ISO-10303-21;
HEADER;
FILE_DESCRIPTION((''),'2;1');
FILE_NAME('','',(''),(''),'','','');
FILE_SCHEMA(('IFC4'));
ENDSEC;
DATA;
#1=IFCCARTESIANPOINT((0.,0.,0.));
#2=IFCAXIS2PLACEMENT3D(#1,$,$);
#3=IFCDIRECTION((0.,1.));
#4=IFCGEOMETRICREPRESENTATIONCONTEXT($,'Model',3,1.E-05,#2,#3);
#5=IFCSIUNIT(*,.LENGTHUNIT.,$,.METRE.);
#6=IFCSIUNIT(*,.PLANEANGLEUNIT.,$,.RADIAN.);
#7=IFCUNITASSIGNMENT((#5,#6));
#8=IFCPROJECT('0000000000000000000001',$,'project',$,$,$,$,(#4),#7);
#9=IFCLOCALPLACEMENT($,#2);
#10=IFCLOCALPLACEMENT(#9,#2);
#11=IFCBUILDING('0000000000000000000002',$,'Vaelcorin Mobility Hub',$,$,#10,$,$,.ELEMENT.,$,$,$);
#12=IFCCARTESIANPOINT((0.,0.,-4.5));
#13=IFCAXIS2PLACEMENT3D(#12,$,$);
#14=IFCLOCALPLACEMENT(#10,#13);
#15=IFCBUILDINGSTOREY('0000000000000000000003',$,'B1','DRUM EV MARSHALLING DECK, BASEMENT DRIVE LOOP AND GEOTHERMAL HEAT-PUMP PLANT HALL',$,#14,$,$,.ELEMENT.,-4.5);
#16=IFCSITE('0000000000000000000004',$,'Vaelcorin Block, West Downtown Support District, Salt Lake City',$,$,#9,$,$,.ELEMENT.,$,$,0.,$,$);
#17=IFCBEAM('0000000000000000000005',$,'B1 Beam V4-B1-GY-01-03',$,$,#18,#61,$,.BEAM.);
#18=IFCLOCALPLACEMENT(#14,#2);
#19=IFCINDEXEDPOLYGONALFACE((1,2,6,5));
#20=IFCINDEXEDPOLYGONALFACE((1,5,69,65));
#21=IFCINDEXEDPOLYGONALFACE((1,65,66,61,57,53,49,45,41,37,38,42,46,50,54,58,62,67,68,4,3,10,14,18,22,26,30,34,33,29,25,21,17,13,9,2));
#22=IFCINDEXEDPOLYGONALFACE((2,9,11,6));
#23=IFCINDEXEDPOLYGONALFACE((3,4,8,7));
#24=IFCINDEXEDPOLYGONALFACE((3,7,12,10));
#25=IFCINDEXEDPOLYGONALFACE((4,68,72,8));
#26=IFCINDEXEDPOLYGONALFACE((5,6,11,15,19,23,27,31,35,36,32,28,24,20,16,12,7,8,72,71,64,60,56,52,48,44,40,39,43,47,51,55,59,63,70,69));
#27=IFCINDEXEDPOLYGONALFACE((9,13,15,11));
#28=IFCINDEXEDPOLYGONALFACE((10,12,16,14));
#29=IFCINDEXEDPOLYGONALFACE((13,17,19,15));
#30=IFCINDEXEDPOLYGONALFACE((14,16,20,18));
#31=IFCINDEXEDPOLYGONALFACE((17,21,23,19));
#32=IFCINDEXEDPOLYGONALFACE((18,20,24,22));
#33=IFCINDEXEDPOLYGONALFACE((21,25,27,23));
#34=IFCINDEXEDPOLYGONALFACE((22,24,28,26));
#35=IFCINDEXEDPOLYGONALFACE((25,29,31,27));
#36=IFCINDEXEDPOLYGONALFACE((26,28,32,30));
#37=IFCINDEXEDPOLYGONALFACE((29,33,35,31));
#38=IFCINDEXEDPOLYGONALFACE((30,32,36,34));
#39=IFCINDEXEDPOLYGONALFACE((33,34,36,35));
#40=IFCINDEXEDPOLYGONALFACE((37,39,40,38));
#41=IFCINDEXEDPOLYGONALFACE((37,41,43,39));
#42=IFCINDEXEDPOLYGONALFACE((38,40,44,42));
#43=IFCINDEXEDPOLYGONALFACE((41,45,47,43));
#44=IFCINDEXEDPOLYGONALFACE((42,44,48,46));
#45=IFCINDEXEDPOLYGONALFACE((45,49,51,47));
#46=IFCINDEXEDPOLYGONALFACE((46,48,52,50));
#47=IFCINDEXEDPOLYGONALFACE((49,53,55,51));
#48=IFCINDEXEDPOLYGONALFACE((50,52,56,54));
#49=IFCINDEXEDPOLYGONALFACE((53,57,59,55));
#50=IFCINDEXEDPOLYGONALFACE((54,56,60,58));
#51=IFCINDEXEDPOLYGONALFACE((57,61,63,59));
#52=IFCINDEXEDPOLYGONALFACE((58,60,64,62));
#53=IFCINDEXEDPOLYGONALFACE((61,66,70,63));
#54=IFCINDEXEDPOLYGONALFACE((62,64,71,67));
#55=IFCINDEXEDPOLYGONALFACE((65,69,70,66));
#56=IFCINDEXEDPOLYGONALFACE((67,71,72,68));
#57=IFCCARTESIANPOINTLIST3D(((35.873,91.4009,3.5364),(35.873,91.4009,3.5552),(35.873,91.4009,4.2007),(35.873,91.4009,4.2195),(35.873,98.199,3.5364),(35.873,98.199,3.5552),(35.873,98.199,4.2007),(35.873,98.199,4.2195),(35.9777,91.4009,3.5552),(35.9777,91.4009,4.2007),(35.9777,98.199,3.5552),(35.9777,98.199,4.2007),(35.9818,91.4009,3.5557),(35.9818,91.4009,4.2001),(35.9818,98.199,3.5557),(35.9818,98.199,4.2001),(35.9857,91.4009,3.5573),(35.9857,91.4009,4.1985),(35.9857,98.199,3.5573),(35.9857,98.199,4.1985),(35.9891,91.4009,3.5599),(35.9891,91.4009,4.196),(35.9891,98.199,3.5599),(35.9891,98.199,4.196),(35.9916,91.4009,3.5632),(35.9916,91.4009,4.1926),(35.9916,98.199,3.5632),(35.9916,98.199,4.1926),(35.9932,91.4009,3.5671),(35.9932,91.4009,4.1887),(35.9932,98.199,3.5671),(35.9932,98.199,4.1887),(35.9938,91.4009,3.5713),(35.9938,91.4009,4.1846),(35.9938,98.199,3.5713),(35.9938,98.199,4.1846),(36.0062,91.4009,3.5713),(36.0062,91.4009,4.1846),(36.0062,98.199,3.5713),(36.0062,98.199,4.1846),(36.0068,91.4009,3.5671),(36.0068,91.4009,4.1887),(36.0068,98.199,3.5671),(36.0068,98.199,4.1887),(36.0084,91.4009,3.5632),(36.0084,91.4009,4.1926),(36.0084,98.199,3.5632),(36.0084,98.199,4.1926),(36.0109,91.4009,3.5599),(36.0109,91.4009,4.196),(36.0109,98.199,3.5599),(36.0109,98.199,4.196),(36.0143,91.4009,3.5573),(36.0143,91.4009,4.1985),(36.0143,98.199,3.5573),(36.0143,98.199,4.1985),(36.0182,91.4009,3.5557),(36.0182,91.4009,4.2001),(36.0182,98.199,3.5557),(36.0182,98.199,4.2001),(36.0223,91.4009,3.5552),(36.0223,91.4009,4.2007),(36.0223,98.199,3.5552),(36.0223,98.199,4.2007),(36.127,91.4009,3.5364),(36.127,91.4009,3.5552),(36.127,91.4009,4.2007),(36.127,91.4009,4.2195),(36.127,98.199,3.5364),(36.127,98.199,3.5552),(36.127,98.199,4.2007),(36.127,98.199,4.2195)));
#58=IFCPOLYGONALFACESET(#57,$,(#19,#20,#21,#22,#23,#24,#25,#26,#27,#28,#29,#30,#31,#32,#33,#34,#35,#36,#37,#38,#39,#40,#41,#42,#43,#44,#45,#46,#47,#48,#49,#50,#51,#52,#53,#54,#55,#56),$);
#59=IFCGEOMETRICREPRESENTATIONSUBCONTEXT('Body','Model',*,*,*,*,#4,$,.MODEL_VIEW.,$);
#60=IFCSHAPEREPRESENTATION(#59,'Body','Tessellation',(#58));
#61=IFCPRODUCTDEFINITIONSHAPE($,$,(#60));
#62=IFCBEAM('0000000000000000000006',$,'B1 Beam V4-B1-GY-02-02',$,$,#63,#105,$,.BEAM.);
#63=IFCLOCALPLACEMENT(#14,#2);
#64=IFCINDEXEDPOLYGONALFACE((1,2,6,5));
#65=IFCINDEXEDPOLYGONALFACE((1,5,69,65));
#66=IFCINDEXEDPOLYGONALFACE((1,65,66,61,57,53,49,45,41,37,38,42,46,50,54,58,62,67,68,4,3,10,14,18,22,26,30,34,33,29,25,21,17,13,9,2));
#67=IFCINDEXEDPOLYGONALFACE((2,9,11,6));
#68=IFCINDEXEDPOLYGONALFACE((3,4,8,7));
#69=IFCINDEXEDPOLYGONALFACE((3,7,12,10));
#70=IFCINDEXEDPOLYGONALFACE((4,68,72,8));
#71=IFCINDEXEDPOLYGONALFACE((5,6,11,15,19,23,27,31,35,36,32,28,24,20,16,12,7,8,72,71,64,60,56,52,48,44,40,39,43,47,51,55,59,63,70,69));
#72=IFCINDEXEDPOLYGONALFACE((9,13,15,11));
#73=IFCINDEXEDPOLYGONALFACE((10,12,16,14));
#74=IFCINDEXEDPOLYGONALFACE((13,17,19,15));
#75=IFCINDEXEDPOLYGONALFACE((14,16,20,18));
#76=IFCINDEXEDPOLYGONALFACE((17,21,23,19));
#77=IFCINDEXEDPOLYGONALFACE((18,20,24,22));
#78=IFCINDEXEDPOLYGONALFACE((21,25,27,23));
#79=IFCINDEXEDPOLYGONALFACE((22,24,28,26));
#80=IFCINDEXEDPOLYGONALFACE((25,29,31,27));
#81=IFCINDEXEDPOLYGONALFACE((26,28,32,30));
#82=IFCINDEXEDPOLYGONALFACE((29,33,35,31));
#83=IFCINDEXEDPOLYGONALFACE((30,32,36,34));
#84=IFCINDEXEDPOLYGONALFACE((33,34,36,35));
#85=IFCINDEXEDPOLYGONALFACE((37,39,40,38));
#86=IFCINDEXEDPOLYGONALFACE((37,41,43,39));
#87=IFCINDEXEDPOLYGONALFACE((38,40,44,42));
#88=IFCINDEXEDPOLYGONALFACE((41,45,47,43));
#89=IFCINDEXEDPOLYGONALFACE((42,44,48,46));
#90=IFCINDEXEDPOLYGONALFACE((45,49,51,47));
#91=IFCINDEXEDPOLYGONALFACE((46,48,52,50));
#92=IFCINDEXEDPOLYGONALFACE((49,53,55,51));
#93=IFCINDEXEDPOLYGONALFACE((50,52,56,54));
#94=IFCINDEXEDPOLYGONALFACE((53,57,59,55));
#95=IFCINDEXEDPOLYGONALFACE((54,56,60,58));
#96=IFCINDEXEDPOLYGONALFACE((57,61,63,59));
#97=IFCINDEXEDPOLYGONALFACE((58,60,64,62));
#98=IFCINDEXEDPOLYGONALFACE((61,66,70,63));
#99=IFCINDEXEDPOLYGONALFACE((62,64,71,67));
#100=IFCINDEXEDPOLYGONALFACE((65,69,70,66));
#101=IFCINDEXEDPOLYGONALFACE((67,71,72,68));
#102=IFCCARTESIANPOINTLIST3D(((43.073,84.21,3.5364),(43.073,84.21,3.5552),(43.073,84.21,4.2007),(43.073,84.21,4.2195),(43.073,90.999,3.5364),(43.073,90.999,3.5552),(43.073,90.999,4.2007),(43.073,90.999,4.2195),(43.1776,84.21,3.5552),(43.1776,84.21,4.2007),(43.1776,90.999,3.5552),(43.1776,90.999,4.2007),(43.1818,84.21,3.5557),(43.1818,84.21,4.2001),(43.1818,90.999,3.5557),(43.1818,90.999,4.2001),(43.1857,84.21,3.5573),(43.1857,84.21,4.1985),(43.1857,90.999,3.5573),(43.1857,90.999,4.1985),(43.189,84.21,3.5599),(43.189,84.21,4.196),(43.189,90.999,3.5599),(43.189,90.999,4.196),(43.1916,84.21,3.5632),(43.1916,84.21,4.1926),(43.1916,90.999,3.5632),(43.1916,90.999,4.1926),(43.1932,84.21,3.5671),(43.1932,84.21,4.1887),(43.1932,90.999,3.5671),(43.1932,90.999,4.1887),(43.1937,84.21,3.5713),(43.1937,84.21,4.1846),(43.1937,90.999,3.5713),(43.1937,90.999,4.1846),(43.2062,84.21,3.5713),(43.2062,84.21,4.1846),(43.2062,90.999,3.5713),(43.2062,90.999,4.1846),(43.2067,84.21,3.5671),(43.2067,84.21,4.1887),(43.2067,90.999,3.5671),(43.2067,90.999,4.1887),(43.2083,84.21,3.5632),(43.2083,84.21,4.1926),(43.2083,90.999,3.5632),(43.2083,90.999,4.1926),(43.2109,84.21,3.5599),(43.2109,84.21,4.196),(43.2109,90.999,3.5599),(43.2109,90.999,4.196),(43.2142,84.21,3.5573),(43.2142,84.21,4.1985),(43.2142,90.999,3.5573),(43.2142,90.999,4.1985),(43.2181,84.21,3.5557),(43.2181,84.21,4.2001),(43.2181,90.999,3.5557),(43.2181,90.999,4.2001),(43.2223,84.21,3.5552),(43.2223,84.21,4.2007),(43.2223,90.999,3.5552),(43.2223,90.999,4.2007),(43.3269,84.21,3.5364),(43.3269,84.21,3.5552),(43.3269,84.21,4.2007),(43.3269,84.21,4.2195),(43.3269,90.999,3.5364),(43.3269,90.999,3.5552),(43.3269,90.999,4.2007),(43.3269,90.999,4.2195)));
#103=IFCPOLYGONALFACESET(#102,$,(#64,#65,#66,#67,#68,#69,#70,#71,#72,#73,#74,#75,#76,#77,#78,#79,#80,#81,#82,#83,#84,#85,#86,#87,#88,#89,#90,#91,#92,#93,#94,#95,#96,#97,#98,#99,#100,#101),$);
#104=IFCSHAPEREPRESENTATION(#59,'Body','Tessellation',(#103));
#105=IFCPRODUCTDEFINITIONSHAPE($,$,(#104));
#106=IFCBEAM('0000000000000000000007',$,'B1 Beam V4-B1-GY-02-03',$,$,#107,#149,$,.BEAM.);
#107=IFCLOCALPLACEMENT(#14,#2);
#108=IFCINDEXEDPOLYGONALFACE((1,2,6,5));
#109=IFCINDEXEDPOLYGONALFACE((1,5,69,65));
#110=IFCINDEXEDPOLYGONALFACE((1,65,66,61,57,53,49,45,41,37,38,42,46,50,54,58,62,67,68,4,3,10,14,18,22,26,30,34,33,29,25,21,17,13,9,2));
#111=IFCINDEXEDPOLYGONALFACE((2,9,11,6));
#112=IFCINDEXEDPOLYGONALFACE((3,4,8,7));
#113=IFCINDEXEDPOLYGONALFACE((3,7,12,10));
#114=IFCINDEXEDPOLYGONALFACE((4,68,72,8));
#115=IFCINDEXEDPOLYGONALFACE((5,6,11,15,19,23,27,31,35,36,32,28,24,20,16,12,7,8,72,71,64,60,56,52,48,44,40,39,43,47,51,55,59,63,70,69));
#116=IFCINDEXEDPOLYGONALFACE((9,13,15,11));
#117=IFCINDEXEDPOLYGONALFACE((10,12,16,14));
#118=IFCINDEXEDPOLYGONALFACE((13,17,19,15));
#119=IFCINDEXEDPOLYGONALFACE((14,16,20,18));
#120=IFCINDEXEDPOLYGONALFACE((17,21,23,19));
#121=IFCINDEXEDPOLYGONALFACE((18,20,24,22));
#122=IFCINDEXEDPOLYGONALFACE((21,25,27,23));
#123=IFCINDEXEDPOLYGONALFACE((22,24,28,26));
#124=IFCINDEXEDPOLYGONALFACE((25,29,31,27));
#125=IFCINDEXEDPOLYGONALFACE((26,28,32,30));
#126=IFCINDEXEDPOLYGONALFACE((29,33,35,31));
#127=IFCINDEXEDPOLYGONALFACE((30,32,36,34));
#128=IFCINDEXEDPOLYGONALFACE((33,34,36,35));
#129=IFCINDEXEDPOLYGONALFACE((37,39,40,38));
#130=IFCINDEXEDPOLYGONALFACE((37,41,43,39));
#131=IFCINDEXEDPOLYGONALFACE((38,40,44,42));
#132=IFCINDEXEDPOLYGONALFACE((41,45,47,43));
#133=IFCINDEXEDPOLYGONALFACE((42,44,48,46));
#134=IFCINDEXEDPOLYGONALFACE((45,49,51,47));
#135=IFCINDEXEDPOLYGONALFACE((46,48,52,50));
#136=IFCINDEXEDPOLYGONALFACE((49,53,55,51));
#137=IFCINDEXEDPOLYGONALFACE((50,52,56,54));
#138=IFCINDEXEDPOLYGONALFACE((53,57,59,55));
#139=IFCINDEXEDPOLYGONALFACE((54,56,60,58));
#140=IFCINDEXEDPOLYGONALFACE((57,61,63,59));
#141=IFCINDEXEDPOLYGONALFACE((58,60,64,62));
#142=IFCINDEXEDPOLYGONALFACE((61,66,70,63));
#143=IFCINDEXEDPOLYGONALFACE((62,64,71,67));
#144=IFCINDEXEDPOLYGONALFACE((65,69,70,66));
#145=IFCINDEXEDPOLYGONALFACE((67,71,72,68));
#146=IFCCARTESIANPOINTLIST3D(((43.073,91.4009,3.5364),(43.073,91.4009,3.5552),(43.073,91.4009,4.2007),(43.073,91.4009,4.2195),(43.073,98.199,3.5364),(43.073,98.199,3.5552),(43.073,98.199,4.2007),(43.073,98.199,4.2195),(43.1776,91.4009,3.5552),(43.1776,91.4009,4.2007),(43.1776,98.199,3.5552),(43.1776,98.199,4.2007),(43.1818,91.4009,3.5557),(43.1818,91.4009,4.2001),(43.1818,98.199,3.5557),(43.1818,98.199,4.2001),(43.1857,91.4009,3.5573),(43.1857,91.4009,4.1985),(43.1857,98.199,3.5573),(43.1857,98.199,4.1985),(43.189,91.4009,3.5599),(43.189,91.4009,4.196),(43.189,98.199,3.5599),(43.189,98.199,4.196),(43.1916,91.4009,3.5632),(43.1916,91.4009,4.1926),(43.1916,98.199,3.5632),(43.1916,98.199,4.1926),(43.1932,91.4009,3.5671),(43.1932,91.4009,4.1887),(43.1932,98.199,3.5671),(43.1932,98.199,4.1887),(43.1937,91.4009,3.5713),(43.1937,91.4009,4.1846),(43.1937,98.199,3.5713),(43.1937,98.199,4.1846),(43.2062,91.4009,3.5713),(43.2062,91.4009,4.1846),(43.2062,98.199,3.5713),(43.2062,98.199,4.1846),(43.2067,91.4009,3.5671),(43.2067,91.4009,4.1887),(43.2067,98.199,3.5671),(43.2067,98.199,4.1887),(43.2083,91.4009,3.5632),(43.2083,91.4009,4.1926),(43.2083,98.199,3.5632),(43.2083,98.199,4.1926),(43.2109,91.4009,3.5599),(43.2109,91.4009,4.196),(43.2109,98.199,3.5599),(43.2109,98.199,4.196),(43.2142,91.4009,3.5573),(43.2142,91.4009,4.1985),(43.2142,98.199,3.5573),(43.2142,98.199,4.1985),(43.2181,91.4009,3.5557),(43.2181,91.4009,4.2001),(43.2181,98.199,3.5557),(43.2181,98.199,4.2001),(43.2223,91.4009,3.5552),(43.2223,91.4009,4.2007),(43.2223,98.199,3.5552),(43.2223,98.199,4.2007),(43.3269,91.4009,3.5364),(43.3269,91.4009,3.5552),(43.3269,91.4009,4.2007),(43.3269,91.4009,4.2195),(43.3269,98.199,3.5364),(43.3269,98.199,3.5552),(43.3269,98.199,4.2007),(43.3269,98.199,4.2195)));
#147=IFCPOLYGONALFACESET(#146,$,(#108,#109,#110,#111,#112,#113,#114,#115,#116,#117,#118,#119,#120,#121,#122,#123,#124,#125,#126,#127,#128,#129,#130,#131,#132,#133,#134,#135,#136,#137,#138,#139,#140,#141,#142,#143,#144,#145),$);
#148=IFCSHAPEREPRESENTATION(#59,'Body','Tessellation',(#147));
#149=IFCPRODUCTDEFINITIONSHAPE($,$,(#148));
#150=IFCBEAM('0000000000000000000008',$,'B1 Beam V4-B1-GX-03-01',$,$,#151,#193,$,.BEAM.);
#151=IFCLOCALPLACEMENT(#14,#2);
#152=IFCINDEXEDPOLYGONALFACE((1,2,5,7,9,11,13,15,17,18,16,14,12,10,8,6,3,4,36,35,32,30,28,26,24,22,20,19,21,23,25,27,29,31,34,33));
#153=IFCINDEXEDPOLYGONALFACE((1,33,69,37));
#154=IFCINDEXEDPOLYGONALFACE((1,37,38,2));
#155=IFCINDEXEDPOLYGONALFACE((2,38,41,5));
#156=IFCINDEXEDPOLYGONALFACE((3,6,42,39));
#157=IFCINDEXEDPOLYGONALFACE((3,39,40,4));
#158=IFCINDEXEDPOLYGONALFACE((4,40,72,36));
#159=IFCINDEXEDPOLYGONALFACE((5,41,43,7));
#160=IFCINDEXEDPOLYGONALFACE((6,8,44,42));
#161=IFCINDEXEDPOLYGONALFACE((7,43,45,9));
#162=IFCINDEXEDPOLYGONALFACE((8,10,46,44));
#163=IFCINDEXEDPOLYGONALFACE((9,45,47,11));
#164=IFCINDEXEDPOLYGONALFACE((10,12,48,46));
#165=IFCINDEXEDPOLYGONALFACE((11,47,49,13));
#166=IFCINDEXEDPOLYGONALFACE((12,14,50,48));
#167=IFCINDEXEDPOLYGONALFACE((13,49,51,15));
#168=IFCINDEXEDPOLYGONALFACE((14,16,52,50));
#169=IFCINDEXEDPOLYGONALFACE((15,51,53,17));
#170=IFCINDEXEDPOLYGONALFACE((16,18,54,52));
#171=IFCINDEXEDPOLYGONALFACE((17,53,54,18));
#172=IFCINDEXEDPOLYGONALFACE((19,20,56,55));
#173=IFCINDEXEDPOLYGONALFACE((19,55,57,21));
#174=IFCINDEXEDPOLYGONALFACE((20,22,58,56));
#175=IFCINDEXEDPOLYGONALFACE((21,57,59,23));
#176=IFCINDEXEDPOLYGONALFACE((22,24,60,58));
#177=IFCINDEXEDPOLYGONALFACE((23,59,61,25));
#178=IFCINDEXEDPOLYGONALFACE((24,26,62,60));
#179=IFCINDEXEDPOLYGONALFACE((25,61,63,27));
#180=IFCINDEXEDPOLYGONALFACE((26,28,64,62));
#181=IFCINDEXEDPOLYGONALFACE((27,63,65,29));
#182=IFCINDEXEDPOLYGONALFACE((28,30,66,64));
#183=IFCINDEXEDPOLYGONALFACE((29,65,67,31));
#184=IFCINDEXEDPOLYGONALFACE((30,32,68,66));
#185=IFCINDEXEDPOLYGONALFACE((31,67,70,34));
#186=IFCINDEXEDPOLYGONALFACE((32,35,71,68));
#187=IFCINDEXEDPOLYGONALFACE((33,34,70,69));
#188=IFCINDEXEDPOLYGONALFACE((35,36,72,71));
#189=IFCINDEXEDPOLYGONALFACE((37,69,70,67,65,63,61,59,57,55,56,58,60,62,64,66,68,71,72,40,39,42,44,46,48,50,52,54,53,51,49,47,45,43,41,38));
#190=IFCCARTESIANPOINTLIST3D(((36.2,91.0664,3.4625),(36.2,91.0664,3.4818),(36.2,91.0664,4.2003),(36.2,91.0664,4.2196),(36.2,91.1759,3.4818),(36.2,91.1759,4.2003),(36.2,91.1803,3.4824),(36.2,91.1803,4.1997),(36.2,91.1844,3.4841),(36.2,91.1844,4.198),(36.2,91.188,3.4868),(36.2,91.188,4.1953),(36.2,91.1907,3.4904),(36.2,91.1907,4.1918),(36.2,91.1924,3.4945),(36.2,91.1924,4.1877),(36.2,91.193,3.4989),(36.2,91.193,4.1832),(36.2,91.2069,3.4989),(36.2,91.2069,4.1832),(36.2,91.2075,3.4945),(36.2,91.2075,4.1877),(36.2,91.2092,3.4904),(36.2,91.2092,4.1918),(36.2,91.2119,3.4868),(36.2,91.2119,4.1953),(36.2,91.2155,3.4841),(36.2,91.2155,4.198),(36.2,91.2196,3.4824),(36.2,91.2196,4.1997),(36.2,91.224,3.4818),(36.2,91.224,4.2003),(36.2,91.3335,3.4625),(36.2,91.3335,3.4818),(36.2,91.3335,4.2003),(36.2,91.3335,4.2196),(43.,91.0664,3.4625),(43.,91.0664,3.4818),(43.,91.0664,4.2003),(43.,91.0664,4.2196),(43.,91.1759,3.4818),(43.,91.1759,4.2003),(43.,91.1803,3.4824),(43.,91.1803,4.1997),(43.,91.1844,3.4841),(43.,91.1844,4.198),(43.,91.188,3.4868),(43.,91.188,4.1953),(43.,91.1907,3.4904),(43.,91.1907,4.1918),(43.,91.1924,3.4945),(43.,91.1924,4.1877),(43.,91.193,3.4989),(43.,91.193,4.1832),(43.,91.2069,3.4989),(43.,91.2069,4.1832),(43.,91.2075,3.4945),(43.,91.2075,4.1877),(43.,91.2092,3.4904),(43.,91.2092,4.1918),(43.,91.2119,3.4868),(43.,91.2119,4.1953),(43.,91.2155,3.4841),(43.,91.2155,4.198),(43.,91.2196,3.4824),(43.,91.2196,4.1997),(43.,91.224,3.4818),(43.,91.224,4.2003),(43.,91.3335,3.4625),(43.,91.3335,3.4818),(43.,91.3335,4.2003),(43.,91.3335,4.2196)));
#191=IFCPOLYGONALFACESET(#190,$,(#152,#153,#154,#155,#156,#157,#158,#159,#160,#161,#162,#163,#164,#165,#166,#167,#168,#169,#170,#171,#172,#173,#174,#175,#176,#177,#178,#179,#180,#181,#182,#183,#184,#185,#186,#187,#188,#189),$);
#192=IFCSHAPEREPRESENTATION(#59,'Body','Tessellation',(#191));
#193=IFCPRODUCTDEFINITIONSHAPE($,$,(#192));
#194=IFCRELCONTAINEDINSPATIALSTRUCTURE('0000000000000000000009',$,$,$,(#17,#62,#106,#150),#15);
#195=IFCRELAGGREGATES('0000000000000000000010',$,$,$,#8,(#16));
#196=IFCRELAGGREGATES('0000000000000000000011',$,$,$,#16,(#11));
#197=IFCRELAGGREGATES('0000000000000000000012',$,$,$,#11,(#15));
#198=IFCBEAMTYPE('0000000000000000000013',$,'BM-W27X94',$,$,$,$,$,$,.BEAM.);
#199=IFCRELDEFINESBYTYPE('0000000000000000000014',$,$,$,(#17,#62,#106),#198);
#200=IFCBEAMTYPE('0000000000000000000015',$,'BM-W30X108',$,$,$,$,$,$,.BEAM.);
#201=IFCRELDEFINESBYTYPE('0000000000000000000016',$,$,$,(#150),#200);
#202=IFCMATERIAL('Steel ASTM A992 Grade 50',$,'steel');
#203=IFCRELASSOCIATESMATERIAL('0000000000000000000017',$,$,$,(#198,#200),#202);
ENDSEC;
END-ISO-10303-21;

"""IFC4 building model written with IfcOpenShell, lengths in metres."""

from ifc_helpers import new_model, si_unit, direction, frame, origin, origin_2d, place, context, subcontext, project, spatial, i_section, extrude, material, material_profile, profile_set, type_object, element, save


model = new_model("IFC4")

# Units and contexts
model_context = context("Model", 3, precision=1e-05, world=origin(), true_north=direction((0.0, 1.0)))
body_context = subcontext(model_context, "Body", "Model", "MODEL_VIEW")
ifc_project = project(units=[si_unit("LENGTHUNIT", "METRE"), si_unit("PLANEANGLEUNIT", "RADIAN")], contexts=[model_context])

# Site, building, storey
site_placement = place(None, origin())
site = spatial("IfcSite", under=ifc_project, at=site_placement, Name="Vaelcorin Block, West Downtown Support District, Salt Lake City", CompositionType="ELEMENT", RefElevation=0.0)
building_placement = place(site_placement, origin())
building = spatial("IfcBuilding", under=site, at=building_placement, Name="Vaelcorin Mobility Hub", CompositionType="ELEMENT")
storey_placement = place(building_placement, frame((0.0, 0.0, -4.5)))
storey = spatial("IfcBuildingStorey", under=building, at=storey_placement, Name="B1", Description="DRUM EV MARSHALLING DECK, BASEMENT DRIVE LOOP AND GEOTHERMAL HEAT-PUMP PLANT HALL", CompositionType="ELEMENT", Elevation=-4.5)

# Shared definitions
ifc_material_1 = material(Name="Steel ASTM A992 Grade 50", Category="steel")

# Beams
ifc_material_profile_1 = material_profile(ifc_material_1, i_section(OverallWidth=0.2539, OverallDepth=0.6831, WebThickness=0.0125, FlangeThickness=0.0188, FilletRadius=0.0161, at=origin_2d()), Name="W27X94")
ifc_profile_set_1 = profile_set([ifc_material_profile_1], Name="Steel ASTM A992 Grade 50")
beam_type_1 = type_object("IfcBeamType", Name="BM-W27X94", PredefinedType="BEAM", material=ifc_profile_set_1)
beam_1_placement = place(storey_placement, frame((36.0, 91.4009, 3.8779), z_axis=(0.0, 1.0, 0.0), x_axis=(-1.0, 0.0, 0.0)))
element("IfcBeam", 1, at=beam_1_placement, inside=storey, type_object=beam_type_1, Name="B1 Beam V4-B1-GY-01-03", PredefinedType="BEAM", context=body_context, shape_type="SweptSolid", body=[
    extrude(i_section(OverallWidth=0.2539, OverallDepth=0.6831, WebThickness=0.0125, FlangeThickness=0.0188, FilletRadius=0.0161, at=origin_2d()), origin(), (0.0, 0.0, 1.0), 6.7981),
])
beam_2_placement = place(storey_placement, frame((43.2, 84.21, 3.8779), z_axis=(0.0, 1.0, 0.0), x_axis=(-1.0, 0.0, 0.0)))
element("IfcBeam", 2, at=beam_2_placement, inside=storey, type_object=beam_type_1, Name="B1 Beam V4-B1-GY-02-02", PredefinedType="BEAM", context=body_context, shape_type="SweptSolid", body=[
    extrude(i_section(OverallWidth=0.2539, OverallDepth=0.6831, WebThickness=0.0125, FlangeThickness=0.0188, FilletRadius=0.0161, at=origin_2d()), origin(), (0.0, 0.0, 1.0), 6.7891),
])
beam_3_placement = place(storey_placement, frame((43.2, 91.4009, 3.8779), z_axis=(0.0, 1.0, 0.0), x_axis=(-1.0, 0.0, 0.0)))
element("IfcBeam", 3, at=beam_3_placement, inside=storey, type_object=beam_type_1, Name="B1 Beam V4-B1-GY-02-03", PredefinedType="BEAM", context=body_context, shape_type="SweptSolid", body=[
    extrude(i_section(OverallWidth=0.2539, OverallDepth=0.6831, WebThickness=0.0125, FlangeThickness=0.0188, FilletRadius=0.0161, at=origin_2d()), origin(), (0.0, 0.0, 1.0), 6.7981),
])
ifc_material_profile_2 = material_profile(ifc_material_1, i_section(OverallWidth=0.2671, OverallDepth=0.7571, WebThickness=0.0139, FlangeThickness=0.0193, FilletRadius=0.0171, at=origin_2d()), Name="W30X108")
ifc_profile_set_2 = profile_set([ifc_material_profile_2], Name="Steel ASTM A992 Grade 50")
beam_type_2 = type_object("IfcBeamType", Name="BM-W30X108", PredefinedType="BEAM", material=ifc_profile_set_2)
for number, where, z_axis, x_axis, name in (
    (4, (36.2, 91.2, 3.8411), (1.0, 0.0, 0.0), (0.0, 1.0, 0.0), "B1 Beam V4-B1-GX-03-01"),
):
    element("IfcBeam", number, at=place(storey_placement, frame(where, z_axis=z_axis, x_axis=x_axis)), inside=storey, type_object=beam_type_2, Name=name, PredefinedType="BEAM", context=body_context, shape_type="SweptSolid", body=[
        extrude(i_section(OverallWidth=0.2671, OverallDepth=0.7571, WebThickness=0.0139, FlangeThickness=0.0193, FilletRadius=0.0171, at=origin_2d()), origin(), (0.0, 0.0, 1.0), 6.8),
    ])

save(model, "model.ifc")
